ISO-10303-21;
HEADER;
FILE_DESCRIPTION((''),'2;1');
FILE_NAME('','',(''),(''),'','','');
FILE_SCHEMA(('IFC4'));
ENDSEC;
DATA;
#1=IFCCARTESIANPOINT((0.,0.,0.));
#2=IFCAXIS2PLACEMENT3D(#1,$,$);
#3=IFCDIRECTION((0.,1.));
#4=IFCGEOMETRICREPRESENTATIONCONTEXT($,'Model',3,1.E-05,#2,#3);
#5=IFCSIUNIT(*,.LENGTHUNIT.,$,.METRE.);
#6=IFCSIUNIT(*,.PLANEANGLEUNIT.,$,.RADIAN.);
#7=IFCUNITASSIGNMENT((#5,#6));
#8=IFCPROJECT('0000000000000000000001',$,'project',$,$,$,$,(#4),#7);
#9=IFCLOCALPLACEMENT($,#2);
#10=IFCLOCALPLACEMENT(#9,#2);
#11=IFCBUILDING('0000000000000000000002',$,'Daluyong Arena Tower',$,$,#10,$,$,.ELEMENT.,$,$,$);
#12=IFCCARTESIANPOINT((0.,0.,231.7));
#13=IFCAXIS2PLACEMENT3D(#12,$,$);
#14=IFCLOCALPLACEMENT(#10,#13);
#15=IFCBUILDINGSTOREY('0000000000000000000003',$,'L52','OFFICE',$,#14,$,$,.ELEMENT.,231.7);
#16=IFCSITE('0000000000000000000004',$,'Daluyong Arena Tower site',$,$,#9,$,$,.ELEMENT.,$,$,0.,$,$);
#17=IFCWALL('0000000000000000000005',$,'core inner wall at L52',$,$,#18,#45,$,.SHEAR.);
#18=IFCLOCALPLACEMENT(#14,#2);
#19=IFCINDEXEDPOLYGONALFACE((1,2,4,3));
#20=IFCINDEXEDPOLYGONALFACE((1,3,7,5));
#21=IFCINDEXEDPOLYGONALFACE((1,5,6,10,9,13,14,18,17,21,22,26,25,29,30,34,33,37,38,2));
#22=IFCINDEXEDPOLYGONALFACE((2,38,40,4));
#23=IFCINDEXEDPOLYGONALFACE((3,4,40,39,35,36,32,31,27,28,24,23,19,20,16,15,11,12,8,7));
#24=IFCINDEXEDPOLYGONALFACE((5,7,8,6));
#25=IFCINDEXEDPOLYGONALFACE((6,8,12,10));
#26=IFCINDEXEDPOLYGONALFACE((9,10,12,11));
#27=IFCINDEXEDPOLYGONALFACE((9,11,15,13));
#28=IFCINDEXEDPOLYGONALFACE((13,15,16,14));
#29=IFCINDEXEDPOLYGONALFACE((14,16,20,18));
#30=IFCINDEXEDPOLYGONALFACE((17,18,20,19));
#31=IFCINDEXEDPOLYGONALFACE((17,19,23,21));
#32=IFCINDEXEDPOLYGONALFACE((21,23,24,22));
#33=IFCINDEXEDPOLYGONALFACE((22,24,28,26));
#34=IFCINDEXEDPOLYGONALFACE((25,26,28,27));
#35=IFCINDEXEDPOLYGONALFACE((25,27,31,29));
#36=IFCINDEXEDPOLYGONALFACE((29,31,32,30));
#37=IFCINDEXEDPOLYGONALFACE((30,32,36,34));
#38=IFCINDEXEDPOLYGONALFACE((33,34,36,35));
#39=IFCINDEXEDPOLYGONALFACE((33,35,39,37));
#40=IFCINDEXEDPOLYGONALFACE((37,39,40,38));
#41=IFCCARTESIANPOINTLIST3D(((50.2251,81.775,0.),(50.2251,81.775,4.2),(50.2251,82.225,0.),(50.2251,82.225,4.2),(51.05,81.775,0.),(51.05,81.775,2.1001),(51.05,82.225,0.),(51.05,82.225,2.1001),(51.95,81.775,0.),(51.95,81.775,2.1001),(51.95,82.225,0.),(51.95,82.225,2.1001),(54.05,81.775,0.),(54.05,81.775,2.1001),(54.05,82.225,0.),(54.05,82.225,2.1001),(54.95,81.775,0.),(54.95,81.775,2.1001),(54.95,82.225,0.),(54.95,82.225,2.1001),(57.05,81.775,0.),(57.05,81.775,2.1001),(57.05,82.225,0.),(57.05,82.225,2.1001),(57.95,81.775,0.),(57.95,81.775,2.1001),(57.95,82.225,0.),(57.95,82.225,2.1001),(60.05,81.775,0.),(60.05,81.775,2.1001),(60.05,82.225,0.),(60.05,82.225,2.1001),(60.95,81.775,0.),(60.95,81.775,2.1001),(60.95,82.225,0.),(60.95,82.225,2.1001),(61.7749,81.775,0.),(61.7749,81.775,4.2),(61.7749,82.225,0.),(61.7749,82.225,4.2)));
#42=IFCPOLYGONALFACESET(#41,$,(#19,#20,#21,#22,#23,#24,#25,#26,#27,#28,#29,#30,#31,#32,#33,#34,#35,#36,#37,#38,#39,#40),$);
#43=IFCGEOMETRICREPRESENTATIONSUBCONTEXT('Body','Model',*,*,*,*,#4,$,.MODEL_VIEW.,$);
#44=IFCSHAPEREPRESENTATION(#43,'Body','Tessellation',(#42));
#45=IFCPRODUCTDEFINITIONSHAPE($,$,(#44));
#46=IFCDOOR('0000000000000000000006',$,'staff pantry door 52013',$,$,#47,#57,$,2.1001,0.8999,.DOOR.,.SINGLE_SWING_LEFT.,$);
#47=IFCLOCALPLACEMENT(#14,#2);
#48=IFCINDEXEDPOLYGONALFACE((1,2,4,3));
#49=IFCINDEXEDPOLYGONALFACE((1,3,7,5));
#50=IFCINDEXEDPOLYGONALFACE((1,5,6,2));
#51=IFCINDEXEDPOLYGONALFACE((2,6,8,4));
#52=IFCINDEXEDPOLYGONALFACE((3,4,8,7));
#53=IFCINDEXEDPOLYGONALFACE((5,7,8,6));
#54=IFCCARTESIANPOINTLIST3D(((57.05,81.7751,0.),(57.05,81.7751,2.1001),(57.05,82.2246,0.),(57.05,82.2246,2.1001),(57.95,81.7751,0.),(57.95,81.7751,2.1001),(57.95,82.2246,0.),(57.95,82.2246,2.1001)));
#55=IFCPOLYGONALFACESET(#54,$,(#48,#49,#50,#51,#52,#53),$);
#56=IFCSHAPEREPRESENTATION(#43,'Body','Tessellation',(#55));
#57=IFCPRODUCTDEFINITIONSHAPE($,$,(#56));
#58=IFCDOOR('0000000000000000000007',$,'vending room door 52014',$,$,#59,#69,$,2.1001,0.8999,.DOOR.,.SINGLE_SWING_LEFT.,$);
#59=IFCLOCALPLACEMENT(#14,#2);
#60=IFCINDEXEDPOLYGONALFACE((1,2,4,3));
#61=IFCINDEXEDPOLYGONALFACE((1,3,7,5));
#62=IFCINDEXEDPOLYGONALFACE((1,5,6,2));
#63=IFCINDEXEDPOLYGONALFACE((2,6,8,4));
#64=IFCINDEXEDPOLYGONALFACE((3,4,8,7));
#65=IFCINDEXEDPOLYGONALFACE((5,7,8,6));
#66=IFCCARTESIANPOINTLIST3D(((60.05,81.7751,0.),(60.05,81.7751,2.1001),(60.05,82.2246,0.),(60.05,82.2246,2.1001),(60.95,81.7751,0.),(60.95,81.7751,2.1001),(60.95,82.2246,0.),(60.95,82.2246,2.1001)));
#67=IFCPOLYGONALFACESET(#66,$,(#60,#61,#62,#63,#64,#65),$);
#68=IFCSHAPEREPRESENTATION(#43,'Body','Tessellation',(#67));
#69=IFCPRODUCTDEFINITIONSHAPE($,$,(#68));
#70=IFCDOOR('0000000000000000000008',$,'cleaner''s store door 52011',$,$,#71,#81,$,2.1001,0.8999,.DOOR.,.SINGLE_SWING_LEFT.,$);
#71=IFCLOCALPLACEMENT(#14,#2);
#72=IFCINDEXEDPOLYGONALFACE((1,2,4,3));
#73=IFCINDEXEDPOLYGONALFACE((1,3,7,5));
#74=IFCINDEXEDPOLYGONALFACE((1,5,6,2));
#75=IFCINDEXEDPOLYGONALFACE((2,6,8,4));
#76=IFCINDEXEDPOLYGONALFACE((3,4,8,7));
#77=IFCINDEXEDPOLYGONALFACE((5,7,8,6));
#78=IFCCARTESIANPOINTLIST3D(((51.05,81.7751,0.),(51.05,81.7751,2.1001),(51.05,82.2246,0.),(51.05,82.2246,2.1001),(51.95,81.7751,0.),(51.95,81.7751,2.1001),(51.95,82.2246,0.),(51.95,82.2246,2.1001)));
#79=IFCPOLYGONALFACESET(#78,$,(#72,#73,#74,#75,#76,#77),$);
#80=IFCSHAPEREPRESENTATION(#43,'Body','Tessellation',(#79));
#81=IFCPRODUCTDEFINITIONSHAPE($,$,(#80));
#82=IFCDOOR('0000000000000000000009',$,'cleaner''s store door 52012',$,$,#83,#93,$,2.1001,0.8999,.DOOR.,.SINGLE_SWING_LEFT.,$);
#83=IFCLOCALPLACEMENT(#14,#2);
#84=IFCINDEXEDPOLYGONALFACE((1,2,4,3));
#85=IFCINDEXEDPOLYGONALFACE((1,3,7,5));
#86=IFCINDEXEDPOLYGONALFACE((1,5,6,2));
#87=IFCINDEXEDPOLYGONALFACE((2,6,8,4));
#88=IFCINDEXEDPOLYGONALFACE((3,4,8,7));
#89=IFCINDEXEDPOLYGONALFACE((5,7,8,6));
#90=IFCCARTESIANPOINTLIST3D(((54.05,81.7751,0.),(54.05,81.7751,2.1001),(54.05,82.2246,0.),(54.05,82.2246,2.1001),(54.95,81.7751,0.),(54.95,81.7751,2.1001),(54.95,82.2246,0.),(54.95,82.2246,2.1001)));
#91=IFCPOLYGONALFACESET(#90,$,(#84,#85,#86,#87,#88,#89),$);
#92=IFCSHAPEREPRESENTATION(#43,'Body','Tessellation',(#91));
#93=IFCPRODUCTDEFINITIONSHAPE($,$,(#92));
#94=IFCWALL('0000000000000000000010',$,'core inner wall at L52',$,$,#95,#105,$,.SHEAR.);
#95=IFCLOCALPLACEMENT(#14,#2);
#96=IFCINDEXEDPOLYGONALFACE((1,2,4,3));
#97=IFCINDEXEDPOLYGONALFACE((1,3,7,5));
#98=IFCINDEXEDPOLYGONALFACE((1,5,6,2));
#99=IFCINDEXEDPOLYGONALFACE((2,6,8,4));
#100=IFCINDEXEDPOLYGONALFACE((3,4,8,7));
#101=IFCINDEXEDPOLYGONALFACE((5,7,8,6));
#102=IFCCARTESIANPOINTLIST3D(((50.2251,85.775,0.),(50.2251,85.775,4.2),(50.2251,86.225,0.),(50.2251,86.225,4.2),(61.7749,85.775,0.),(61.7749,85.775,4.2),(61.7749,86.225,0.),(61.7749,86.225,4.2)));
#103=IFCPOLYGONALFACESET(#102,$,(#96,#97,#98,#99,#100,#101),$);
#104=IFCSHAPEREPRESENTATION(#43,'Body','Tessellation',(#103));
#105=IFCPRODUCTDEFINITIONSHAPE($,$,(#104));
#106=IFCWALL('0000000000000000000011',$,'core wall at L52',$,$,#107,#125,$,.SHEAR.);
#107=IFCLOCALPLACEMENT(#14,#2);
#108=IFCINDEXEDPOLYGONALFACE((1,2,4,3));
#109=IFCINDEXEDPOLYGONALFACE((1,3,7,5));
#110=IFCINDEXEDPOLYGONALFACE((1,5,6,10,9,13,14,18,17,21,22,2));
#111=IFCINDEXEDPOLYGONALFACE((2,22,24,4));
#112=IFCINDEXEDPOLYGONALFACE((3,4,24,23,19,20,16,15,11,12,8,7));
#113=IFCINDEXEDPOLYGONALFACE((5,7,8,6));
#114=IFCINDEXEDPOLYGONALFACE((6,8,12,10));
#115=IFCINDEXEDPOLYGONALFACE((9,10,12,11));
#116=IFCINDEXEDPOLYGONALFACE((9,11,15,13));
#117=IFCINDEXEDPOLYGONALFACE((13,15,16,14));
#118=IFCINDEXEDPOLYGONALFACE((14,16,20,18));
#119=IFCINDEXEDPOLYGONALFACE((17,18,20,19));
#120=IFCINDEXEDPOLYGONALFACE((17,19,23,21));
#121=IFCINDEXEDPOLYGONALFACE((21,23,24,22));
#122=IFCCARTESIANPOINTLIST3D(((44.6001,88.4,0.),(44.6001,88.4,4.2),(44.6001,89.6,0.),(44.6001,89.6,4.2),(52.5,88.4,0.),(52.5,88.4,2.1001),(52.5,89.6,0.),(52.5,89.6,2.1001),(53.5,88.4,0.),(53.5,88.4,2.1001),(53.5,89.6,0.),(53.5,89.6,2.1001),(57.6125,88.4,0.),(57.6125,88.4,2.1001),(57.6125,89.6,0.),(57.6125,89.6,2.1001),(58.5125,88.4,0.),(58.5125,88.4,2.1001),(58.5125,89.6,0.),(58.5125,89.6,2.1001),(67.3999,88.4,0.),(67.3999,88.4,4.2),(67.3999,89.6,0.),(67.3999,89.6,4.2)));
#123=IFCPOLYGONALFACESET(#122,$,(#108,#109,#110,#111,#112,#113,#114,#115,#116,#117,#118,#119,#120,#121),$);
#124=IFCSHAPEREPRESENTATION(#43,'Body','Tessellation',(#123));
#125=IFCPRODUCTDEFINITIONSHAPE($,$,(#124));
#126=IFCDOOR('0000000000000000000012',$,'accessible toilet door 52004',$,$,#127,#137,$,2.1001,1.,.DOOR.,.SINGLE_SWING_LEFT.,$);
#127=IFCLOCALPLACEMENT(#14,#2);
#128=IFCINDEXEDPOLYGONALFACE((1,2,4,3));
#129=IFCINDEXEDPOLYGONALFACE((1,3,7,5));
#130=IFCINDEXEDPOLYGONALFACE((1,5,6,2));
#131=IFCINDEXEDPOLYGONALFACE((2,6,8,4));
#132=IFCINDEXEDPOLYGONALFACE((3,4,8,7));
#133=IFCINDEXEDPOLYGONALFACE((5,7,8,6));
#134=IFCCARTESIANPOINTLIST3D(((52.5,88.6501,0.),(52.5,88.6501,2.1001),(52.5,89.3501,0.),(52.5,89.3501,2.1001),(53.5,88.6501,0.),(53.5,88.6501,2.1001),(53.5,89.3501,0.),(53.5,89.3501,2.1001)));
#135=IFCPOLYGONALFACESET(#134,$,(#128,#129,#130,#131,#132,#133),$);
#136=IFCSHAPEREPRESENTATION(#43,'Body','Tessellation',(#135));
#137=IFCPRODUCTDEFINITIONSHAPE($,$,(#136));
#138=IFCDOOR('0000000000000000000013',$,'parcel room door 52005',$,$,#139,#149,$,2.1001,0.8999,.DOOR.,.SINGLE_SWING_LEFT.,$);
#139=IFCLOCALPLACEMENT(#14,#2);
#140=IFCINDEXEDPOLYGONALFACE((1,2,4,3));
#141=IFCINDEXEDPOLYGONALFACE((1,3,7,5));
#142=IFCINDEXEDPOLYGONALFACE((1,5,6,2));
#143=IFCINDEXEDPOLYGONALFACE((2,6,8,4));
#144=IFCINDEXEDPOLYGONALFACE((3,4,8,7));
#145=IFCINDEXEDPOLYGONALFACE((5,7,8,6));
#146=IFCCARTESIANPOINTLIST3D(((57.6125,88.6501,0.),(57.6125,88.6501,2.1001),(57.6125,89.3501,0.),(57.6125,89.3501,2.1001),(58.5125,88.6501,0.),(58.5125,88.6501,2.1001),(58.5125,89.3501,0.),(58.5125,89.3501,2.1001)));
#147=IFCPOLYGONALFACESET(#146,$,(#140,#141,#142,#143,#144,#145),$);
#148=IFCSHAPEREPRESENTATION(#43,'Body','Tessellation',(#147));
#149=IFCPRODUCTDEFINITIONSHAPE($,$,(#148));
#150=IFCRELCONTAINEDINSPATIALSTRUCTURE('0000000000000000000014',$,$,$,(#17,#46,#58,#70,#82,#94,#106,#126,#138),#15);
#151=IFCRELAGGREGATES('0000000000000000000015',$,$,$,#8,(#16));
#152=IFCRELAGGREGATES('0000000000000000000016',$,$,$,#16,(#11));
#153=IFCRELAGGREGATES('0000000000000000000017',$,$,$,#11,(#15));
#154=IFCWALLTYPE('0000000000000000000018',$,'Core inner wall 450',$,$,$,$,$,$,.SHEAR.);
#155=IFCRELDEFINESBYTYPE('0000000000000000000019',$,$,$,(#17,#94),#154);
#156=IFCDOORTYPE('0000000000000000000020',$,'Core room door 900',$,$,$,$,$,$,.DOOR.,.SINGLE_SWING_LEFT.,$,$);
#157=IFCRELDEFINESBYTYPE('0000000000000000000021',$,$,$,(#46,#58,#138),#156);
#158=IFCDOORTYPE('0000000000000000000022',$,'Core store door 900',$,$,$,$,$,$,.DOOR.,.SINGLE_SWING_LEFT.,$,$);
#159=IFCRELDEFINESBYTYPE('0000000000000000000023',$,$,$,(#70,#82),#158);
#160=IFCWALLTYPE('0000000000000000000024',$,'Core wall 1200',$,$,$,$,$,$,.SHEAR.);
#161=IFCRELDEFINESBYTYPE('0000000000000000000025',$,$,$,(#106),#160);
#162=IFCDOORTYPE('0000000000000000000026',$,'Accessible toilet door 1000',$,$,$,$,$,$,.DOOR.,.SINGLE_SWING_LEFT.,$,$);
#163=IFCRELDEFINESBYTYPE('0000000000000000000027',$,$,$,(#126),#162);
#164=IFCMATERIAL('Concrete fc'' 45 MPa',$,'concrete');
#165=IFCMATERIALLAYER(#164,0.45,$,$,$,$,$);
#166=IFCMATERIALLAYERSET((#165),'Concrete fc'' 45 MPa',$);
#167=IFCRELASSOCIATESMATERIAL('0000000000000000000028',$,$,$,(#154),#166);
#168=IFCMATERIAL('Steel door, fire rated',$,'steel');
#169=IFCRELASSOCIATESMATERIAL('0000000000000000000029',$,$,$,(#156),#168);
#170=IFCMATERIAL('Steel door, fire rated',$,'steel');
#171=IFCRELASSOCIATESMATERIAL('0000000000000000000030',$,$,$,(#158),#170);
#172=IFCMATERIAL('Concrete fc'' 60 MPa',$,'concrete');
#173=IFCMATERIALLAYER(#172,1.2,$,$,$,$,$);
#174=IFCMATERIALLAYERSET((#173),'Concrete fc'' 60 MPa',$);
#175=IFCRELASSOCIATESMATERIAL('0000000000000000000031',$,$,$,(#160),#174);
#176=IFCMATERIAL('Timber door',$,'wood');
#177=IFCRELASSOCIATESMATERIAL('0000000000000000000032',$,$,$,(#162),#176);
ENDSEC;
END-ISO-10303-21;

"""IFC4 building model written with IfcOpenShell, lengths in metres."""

from ifc_helpers import new_model, si_unit, direction, frame, frame_2d, origin, place, context, subcontext, project, spatial, rectangle, extrude, material, layer, layer_set, type_object, element, fill, save


model = new_model("IFC4")

# Units and contexts
model_context = context("Model", 3, precision=1e-05, world=origin(), true_north=direction((0.0, 1.0)))
body_context = subcontext(model_context, "Body", "Model", "MODEL_VIEW")
ifc_project = project(units=[si_unit("LENGTHUNIT", "METRE"), si_unit("PLANEANGLEUNIT", "RADIAN")], contexts=[model_context])

# Site, building, storey
site_placement = place(None, origin())
site = spatial("IfcSite", under=ifc_project, at=site_placement, Name="Daluyong Arena Tower site", CompositionType="ELEMENT", RefElevation=0.0)
building_placement = place(site_placement, origin())
building = spatial("IfcBuilding", under=site, at=building_placement, Name="Daluyong Arena Tower", CompositionType="ELEMENT")
storey_placement = place(building_placement, frame((0.0, 0.0, 231.7)))
storey = spatial("IfcBuildingStorey", under=building, at=storey_placement, Name="L52", Description="OFFICE", CompositionType="ELEMENT", Elevation=231.7)

# Shared definitions
ifc_material_1 = material(Name="Concrete fc' 45 MPa", Category="concrete")
ifc_layer_1 = layer(ifc_material_1, 0.45)
ifc_layer_set_1 = layer_set([ifc_layer_1], Name="Concrete fc' 45 MPa")
wall_type_1 = type_object("IfcWallType", Name="Core inner wall 450", PredefinedType="SHEAR", material=ifc_layer_set_1)

# Wall, openings, doors
wall_1_placement = place(storey_placement, frame((50.2251, 82.0, 0.0), z_axis=(0.0, 0.0, 1.0), x_axis=(1.0, 0.0, 0.0)))
wall_1 = element("IfcWall", 1, at=wall_1_placement, inside=storey, type_object=wall_type_1, Name="core inner wall at L52", PredefinedType="SHEAR", context=body_context, shape_type="SweptSolid", body=[
    extrude(rectangle(XDim=11.5498, YDim=0.45, at=frame_2d((5.7749, 0.0))), origin(), (0.0, 0.0, 1.0), 4.2),
])
opening_1_placement = place(wall_1_placement, frame((0.825, 0.0, 0.0)))
opening_1 = element("IfcOpeningElement", 2, at=opening_1_placement, cuts=wall_1, PredefinedType="OPENING", context=body_context, shape_type="SweptSolid", body=[
    extrude(rectangle(XDim=0.8999, YDim=2.1001, at=frame_2d((0.45, 1.05))), frame((0.0, 0.2349, 0.0), z_axis=(0.0, -1.0, 0.0), x_axis=(1.0, 0.0, 0.0)), (0.0, 0.0, 1.0), 0.47),
])
opening_2_placement = place(wall_1_placement, frame((3.825, 0.0, 0.0)))
opening_2 = element("IfcOpeningElement", 3, at=opening_2_placement, cuts=wall_1, PredefinedType="OPENING", context=body_context, shape_type="SweptSolid", body=[
    extrude(rectangle(XDim=0.8999, YDim=2.1001, at=frame_2d((0.45, 1.05))), frame((0.0, 0.2349, 0.0), z_axis=(0.0, -1.0, 0.0), x_axis=(1.0, 0.0, 0.0)), (0.0, 0.0, 1.0), 0.47),
])
opening_3_placement = place(wall_1_placement, frame((6.825, 0.0, 0.0)))
opening_3 = element("IfcOpeningElement", 4, at=opening_3_placement, cuts=wall_1, PredefinedType="OPENING", context=body_context, shape_type="SweptSolid", body=[
    extrude(rectangle(XDim=0.8999, YDim=2.1001, at=frame_2d((0.45, 1.05))), frame((0.0, 0.2349, 0.0), z_axis=(0.0, -1.0, 0.0), x_axis=(1.0, 0.0, 0.0)), (0.0, 0.0, 1.0), 0.47),
])
opening_4_placement = place(wall_1_placement, frame((9.825, 0.0, 0.0)))
opening_4 = element("IfcOpeningElement", 5, at=opening_4_placement, cuts=wall_1, PredefinedType="OPENING", context=body_context, shape_type="SweptSolid", body=[
    extrude(rectangle(XDim=0.8999, YDim=2.1001, at=frame_2d((0.45, 1.05))), frame((0.0, 0.2349, 0.0), z_axis=(0.0, -1.0, 0.0), x_axis=(1.0, 0.0, 0.0)), (0.0, 0.0, 1.0), 0.47),
])
ifc_material_2 = material(Name="Steel door, fire rated", Category="steel")
door_type_1 = type_object("IfcDoorType", Name="Core room door 900", OperationType="SINGLE_SWING_LEFT", PredefinedType="DOOR", material=ifc_material_2)
door_1_placement = place(opening_3_placement, origin())
door_1 = element("IfcDoor", 6, at=door_1_placement, inside=storey, type_object=door_type_1, Name="staff pantry door 52013", OperationType="SINGLE_SWING_LEFT", OverallHeight=2.1001, OverallWidth=0.8999, PredefinedType="DOOR", context=body_context, shape_type="SweptSolid", body=[
    extrude(rectangle(XDim=0.8999, YDim=2.1001, at=frame_2d((0.45, 1.05))), frame((0.0, 0.2246, 0.0), z_axis=(0.0, -1.0, 0.0), x_axis=(1.0, 0.0, 0.0)), (0.0, 0.0, 1.0), 0.4495),
])
fill(opening_3, door_1)
door_2_placement = place(opening_4_placement, origin())
door_2 = element("IfcDoor", 7, at=door_2_placement, inside=storey, type_object=door_type_1, Name="vending room door 52014", OperationType="SINGLE_SWING_LEFT", OverallHeight=2.1001, OverallWidth=0.8999, PredefinedType="DOOR", context=body_context, shape_type="SweptSolid", body=[
    extrude(rectangle(XDim=0.8999, YDim=2.1001, at=frame_2d((0.45, 1.05))), frame((0.0, 0.2246, 0.0), z_axis=(0.0, -1.0, 0.0), x_axis=(1.0, 0.0, 0.0)), (0.0, 0.0, 1.0), 0.4495),
])
fill(opening_4, door_2)
ifc_material_3 = material(Name="Steel door, fire rated", Category="steel")
door_type_2 = type_object("IfcDoorType", Name="Core store door 900", OperationType="SINGLE_SWING_LEFT", PredefinedType="DOOR", material=ifc_material_3)
door_3_placement = place(opening_1_placement, origin())
door_3 = element("IfcDoor", 8, at=door_3_placement, inside=storey, type_object=door_type_2, Name="cleaner's store door 52011", OperationType="SINGLE_SWING_LEFT", OverallHeight=2.1001, OverallWidth=0.8999, PredefinedType="DOOR", context=body_context, shape_type="SweptSolid", body=[
    extrude(rectangle(XDim=0.8999, YDim=2.1001, at=frame_2d((0.45, 1.05))), frame((0.0, 0.2246, 0.0), z_axis=(0.0, -1.0, 0.0), x_axis=(1.0, 0.0, 0.0)), (0.0, 0.0, 1.0), 0.4495),
])
fill(opening_1, door_3)
door_4_placement = place(opening_2_placement, origin())
door_4 = element("IfcDoor", 9, at=door_4_placement, inside=storey, type_object=door_type_2, Name="cleaner's store door 52012", OperationType="SINGLE_SWING_LEFT", OverallHeight=2.1001, OverallWidth=0.8999, PredefinedType="DOOR", context=body_context, shape_type="SweptSolid", body=[
    extrude(rectangle(XDim=0.8999, YDim=2.1001, at=frame_2d((0.45, 1.05))), frame((0.0, 0.2246, 0.0), z_axis=(0.0, -1.0, 0.0), x_axis=(1.0, 0.0, 0.0)), (0.0, 0.0, 1.0), 0.4495),
])
fill(opening_2, door_4)

# Wall
wall_2_placement = place(storey_placement, frame((50.2251, 86.0, 0.0), z_axis=(0.0, 0.0, 1.0), x_axis=(1.0, 0.0, 0.0)))
element("IfcWall", 10, at=wall_2_placement, inside=storey, type_object=wall_type_1, Name="core inner wall at L52", PredefinedType="SHEAR", context=body_context, shape_type="SweptSolid", body=[
    extrude(rectangle(XDim=11.5498, YDim=0.45, at=frame_2d((5.7749, 0.0))), origin(), (0.0, 0.0, 1.0), 4.2),
])

# Wall, openings, doors
ifc_material_4 = material(Name="Concrete fc' 60 MPa", Category="concrete")
ifc_layer_2 = layer(ifc_material_4, 1.2)
ifc_layer_set_2 = layer_set([ifc_layer_2], Name="Concrete fc' 60 MPa")
wall_type_2 = type_object("IfcWallType", Name="Core wall 1200", PredefinedType="SHEAR", material=ifc_layer_set_2)
wall_3_placement = place(storey_placement, frame((44.6001, 89.0, 0.0), z_axis=(0.0, 0.0, 1.0), x_axis=(1.0, 0.0, 0.0)))
wall_3 = element("IfcWall", 11, at=wall_3_placement, inside=storey, type_object=wall_type_2, Name="core wall at L52", PredefinedType="SHEAR", context=body_context, shape_type="SweptSolid", body=[
    extrude(rectangle(XDim=22.7998, YDim=1.2, at=frame_2d((11.3999, 0.0))), origin(), (0.0, 0.0, 1.0), 4.2),
])
opening_5_placement = place(wall_3_placement, frame((7.8999, 0.0, 0.0)))
opening_5 = element("IfcOpeningElement", 12, at=opening_5_placement, cuts=wall_3, PredefinedType="OPENING", context=body_context, shape_type="SweptSolid", body=[
    extrude(rectangle(XDim=1.0, YDim=2.1001, at=frame_2d((0.5, 1.05))), frame((0.0, 0.6099, 0.0), z_axis=(0.0, -1.0, 0.0), x_axis=(1.0, 0.0, 0.0)), (0.0, 0.0, 1.0), 1.22),
])
opening_6_placement = place(wall_3_placement, frame((13.0125, 0.0, 0.0)))
opening_6 = element("IfcOpeningElement", 13, at=opening_6_placement, cuts=wall_3, PredefinedType="OPENING", context=body_context, shape_type="SweptSolid", body=[
    extrude(rectangle(XDim=0.8999, YDim=2.1001, at=frame_2d((0.45, 1.05))), frame((0.0, 0.6099, 0.0), z_axis=(0.0, -1.0, 0.0), x_axis=(1.0, 0.0, 0.0)), (0.0, 0.0, 1.0), 1.22),
])
ifc_material_5 = material(Name="Timber door", Category="wood")
door_type_3 = type_object("IfcDoorType", Name="Accessible toilet door 1000", OperationType="SINGLE_SWING_LEFT", PredefinedType="DOOR", material=ifc_material_5)
door_5_placement = place(opening_5_placement, origin())
door_5 = element("IfcDoor", 14, at=door_5_placement, inside=storey, type_object=door_type_3, Name="accessible toilet door 52004", OperationType="SINGLE_SWING_LEFT", OverallHeight=2.1001, OverallWidth=1.0, PredefinedType="DOOR", context=body_context, shape_type="SweptSolid", body=[
    extrude(rectangle(XDim=1.0, YDim=2.1001, at=frame_2d((0.5, 1.05))), frame((0.0, 0.3501, 0.0), z_axis=(0.0, -1.0, 0.0), x_axis=(1.0, 0.0, 0.0)), (0.0, 0.0, 1.0), 0.7),
])
fill(opening_5, door_5)
door_6_placement = place(opening_6_placement, origin())
door_6 = element("IfcDoor", 15, at=door_6_placement, inside=storey, type_object=door_type_1, Name="parcel room door 52005", OperationType="SINGLE_SWING_LEFT", OverallHeight=2.1001, OverallWidth=0.8999, PredefinedType="DOOR", context=body_context, shape_type="SweptSolid", body=[
    extrude(rectangle(XDim=0.8999, YDim=2.1001, at=frame_2d((0.45, 1.05))), frame((0.0, 0.3501, 0.0), z_axis=(0.0, -1.0, 0.0), x_axis=(1.0, 0.0, 0.0)), (0.0, 0.0, 1.0), 0.7),
])
fill(opening_6, door_6)

save(model, "model.ifc")
